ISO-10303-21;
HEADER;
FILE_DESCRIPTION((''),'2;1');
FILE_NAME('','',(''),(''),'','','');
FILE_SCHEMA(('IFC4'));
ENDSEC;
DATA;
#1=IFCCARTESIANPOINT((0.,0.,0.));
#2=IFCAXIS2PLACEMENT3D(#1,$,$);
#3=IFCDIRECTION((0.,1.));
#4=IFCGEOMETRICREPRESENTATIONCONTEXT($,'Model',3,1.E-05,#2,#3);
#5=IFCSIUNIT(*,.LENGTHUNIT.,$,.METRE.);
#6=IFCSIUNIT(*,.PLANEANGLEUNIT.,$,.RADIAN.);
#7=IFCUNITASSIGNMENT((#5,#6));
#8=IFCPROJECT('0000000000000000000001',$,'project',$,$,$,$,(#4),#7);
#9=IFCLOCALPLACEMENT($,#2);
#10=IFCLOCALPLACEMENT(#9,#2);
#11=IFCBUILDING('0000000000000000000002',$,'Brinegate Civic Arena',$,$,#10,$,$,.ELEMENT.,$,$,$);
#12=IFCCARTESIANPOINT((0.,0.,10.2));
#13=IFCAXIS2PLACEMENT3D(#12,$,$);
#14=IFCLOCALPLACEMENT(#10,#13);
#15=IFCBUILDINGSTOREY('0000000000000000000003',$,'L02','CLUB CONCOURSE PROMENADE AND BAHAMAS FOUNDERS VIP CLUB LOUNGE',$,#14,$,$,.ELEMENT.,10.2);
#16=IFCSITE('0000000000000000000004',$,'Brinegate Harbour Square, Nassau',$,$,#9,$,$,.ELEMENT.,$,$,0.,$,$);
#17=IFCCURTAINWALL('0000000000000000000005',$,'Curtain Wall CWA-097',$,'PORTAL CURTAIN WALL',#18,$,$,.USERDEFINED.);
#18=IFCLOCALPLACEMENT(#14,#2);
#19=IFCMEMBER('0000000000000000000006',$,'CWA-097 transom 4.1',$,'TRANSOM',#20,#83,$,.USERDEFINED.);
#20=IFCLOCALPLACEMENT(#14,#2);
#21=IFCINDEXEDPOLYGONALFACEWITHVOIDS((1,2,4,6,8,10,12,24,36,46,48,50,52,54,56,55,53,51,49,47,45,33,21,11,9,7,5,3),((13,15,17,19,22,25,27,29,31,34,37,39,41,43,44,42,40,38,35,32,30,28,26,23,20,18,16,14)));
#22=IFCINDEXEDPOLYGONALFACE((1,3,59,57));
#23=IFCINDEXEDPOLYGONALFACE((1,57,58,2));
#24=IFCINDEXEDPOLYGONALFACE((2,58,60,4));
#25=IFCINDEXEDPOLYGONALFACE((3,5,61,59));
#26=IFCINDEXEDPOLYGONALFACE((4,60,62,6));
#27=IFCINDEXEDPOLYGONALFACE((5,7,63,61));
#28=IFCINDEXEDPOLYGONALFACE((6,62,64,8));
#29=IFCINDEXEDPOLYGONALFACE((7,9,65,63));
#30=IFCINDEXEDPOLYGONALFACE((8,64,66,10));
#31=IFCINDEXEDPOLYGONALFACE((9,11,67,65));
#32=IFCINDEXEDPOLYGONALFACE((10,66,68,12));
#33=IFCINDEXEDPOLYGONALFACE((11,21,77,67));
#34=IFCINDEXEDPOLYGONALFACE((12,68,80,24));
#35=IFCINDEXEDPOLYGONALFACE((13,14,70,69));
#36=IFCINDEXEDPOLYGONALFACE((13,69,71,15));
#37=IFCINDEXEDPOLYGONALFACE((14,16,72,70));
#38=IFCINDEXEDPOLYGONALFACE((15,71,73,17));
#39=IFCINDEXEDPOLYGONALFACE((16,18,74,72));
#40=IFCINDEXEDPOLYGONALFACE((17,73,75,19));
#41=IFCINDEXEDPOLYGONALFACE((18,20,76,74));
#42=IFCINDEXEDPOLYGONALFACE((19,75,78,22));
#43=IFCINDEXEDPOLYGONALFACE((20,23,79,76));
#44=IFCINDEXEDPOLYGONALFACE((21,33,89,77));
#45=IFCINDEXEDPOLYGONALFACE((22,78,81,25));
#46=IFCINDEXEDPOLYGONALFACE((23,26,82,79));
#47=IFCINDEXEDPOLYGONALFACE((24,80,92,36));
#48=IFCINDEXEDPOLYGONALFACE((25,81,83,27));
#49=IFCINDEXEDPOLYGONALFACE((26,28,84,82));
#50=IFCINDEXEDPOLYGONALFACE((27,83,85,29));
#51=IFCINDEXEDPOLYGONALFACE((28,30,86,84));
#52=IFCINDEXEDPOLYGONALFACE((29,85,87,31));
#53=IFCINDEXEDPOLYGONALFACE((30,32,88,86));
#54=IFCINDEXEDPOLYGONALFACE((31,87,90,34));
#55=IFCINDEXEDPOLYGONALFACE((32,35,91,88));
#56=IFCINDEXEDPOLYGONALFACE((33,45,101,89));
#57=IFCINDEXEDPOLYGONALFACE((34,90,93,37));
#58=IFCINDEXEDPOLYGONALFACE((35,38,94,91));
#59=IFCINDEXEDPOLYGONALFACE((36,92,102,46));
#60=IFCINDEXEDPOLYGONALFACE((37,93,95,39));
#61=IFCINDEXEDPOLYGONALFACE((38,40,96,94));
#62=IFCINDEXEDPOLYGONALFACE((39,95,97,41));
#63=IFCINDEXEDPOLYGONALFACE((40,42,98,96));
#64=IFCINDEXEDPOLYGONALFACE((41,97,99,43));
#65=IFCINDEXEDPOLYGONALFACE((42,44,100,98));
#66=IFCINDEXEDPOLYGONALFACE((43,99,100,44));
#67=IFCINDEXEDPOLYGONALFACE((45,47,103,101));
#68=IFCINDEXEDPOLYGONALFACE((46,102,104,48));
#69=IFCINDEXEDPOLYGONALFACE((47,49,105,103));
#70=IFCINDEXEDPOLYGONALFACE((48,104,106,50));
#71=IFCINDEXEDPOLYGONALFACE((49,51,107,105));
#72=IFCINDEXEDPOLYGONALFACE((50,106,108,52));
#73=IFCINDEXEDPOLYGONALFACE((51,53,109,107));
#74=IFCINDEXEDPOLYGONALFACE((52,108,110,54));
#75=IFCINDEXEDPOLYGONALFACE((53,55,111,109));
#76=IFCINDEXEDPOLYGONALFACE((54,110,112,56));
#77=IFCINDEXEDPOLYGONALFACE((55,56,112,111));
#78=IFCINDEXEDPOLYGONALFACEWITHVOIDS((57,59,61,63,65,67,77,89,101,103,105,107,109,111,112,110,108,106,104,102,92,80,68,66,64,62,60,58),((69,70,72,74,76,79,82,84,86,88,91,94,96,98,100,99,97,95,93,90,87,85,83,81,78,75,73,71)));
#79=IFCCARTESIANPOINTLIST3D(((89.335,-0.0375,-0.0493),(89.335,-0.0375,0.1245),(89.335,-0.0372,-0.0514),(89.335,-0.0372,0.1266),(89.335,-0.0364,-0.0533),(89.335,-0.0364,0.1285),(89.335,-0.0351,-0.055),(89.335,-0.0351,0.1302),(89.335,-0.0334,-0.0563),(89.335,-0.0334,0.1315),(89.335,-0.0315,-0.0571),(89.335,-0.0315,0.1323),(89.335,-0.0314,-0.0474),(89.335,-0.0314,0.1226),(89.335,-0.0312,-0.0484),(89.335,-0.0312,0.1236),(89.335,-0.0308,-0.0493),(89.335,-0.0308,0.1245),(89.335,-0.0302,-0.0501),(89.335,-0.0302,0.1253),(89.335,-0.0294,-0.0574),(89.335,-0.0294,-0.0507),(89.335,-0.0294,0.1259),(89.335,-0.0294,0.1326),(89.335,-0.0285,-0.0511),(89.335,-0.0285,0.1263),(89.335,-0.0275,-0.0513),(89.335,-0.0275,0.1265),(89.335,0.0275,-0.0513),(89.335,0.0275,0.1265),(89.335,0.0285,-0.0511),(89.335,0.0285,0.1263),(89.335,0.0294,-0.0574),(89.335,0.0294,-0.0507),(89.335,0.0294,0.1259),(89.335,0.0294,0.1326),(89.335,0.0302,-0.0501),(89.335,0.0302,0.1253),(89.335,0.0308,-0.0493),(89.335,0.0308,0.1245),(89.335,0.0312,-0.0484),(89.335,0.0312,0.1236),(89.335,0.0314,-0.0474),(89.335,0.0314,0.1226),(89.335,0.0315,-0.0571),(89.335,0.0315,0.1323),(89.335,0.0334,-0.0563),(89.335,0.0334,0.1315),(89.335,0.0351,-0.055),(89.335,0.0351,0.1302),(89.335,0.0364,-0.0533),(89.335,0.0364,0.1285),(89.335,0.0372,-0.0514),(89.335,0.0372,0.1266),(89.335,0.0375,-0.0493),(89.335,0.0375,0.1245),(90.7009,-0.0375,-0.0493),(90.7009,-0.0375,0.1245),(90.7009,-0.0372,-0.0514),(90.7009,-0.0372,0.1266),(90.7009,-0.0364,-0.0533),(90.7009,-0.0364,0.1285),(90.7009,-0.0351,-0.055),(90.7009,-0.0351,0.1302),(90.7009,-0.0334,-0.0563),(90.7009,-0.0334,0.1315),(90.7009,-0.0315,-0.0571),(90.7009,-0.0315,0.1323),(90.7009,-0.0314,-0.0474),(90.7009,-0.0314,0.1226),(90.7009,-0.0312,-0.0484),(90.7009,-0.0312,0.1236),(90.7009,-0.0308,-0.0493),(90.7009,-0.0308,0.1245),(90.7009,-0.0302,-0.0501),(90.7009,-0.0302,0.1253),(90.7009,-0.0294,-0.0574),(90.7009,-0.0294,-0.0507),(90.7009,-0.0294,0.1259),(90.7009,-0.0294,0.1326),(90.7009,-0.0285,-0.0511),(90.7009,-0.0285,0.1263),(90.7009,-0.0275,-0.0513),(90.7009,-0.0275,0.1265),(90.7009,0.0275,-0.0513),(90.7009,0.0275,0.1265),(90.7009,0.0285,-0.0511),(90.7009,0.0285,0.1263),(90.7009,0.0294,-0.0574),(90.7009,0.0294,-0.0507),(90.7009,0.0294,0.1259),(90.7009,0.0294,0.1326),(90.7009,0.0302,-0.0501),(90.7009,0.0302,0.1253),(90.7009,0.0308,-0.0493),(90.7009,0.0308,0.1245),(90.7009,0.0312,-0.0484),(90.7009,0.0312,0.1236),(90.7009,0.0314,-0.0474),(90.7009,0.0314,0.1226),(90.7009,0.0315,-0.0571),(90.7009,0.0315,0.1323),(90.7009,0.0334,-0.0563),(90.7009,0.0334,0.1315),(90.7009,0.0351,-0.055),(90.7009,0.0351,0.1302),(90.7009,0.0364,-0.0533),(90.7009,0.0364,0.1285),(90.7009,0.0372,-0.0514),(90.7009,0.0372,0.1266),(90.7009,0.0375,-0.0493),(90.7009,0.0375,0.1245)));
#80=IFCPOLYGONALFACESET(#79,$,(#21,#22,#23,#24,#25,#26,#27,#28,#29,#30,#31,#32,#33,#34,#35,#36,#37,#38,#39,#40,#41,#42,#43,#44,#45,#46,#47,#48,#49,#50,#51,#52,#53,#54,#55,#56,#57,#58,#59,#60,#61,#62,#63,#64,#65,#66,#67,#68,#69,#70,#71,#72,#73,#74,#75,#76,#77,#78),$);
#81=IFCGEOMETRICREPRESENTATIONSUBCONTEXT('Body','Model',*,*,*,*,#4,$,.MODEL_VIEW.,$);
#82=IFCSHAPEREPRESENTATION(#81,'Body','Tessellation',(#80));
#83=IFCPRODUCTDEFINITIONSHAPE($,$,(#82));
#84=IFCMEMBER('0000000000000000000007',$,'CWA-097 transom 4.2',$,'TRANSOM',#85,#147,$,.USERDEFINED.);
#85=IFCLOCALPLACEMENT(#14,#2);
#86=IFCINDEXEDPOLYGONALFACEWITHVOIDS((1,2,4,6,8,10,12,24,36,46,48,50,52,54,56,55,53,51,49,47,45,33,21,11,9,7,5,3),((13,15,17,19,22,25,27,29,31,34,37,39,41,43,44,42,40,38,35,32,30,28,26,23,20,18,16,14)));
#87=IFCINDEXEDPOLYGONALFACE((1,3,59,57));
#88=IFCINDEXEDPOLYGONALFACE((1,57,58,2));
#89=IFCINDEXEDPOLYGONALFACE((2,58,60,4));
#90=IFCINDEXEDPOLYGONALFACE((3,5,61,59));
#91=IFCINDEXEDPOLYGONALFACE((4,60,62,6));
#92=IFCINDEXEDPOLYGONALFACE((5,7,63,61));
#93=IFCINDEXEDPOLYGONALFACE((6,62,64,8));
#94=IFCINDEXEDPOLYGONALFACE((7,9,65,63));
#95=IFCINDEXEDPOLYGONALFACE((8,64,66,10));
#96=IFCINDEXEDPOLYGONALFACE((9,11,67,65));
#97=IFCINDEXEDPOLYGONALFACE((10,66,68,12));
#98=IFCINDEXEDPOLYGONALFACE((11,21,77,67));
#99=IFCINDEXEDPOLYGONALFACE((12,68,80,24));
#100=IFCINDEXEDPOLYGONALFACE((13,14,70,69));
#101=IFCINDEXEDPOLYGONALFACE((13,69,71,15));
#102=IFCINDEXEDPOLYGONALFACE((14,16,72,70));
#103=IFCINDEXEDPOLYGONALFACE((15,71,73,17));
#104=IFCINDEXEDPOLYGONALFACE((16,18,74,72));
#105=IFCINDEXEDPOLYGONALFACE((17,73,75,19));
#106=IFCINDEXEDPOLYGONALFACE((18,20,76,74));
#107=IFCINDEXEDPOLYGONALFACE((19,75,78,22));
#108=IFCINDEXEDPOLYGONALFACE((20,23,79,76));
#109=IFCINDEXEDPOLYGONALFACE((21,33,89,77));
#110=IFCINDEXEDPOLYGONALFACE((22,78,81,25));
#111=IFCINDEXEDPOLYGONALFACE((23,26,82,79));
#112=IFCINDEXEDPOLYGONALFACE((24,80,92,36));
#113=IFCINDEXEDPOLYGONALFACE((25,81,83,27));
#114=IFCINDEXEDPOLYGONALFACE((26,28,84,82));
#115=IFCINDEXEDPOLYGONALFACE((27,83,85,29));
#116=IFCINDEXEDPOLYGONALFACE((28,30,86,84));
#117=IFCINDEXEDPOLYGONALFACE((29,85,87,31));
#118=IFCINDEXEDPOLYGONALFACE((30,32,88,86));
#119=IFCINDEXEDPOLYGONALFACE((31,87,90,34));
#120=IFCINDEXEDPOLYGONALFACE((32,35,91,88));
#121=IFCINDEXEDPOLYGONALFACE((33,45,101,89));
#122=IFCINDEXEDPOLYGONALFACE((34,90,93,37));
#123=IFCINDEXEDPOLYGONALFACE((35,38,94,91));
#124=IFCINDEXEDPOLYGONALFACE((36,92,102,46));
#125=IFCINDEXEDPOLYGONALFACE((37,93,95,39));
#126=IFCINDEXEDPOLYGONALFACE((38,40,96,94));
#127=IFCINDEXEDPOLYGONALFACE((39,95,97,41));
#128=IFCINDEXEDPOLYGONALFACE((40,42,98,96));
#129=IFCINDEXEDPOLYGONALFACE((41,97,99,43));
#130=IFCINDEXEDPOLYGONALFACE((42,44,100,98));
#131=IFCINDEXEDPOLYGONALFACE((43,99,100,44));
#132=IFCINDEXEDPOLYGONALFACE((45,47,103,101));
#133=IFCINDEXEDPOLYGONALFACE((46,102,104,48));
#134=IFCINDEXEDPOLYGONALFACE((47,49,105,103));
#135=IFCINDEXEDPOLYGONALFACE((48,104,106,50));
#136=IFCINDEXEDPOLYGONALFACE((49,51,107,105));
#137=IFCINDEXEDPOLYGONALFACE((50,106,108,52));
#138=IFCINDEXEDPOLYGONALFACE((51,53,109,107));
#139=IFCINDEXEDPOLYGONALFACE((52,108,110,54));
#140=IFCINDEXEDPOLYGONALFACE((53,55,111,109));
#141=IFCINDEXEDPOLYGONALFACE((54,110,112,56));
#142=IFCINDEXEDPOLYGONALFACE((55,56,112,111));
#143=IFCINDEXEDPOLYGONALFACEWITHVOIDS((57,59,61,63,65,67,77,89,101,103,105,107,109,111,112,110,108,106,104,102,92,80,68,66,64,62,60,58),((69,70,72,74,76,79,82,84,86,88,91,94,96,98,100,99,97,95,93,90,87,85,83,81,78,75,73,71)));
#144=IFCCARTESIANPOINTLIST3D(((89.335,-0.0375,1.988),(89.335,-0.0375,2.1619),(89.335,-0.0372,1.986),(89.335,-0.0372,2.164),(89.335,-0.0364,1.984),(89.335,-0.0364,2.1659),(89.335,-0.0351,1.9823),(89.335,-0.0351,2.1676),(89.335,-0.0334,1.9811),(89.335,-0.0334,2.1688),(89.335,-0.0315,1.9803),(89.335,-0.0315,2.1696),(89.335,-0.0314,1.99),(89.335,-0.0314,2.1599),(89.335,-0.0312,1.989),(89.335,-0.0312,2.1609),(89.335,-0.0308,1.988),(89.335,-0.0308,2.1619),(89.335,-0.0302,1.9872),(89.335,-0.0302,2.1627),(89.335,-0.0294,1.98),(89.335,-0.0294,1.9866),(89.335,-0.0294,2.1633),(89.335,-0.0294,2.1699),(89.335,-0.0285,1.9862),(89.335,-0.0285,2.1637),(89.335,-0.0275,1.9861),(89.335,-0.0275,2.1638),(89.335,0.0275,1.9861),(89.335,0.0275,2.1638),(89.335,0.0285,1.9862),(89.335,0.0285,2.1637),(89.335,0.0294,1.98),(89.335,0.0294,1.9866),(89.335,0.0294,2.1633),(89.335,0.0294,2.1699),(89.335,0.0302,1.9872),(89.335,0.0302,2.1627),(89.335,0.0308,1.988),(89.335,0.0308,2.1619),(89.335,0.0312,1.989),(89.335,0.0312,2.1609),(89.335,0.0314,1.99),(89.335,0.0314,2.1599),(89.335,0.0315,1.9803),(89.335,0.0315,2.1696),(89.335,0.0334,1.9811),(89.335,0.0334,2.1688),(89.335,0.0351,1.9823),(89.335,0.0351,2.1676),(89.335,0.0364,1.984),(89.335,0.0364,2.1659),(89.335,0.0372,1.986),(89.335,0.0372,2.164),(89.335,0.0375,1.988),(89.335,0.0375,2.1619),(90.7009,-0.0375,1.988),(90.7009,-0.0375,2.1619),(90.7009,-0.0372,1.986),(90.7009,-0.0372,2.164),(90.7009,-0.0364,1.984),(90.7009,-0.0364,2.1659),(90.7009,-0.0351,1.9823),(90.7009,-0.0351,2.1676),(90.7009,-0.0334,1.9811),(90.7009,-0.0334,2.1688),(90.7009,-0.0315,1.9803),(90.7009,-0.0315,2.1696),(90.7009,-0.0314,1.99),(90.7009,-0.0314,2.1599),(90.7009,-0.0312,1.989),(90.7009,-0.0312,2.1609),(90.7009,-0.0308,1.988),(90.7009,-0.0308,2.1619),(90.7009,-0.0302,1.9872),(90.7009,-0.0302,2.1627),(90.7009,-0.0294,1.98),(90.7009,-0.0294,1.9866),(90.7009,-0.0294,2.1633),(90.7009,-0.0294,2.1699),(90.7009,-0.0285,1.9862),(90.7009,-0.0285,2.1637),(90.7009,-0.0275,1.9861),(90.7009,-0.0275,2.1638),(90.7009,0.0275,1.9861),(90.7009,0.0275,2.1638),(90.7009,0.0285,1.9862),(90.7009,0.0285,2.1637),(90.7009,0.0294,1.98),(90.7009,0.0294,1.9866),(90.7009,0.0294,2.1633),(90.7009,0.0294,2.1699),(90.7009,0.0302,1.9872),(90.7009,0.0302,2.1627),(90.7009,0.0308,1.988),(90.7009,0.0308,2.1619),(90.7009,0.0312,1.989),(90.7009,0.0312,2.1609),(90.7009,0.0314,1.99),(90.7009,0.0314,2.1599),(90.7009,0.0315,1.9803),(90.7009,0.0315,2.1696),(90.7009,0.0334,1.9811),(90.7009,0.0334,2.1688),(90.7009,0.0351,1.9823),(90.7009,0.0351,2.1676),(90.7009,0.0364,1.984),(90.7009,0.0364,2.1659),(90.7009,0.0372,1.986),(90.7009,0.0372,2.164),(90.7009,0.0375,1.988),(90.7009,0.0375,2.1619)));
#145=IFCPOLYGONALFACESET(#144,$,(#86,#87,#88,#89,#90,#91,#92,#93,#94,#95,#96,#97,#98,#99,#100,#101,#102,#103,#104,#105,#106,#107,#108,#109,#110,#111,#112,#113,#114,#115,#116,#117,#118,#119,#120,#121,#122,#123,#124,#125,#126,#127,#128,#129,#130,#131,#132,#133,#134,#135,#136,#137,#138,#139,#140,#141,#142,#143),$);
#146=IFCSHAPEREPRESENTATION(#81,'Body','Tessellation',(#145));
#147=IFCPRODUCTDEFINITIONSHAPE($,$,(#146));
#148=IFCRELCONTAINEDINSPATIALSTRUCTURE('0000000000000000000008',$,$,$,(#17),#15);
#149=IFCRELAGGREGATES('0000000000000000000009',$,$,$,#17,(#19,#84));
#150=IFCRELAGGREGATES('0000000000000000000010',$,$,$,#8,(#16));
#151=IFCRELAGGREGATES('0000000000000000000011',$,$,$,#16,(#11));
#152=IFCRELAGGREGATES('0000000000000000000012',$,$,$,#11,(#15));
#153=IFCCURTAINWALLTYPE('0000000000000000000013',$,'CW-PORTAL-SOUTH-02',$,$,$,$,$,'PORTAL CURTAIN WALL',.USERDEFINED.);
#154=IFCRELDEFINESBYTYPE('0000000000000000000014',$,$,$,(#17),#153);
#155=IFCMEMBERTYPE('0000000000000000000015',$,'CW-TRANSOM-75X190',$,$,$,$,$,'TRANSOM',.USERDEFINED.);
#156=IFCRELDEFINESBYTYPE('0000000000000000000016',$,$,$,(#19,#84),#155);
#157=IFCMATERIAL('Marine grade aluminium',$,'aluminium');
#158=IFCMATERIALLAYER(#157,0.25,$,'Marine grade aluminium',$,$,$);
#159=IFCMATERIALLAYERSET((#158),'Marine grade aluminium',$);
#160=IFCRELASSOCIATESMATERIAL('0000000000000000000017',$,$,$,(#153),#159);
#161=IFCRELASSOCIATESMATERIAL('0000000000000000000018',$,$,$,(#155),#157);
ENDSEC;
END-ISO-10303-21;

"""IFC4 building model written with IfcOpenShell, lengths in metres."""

from ifc_helpers import new_model, si_unit, direction, frame, origin, origin_2d, place, context, subcontext, project, spatial, hollow_rectangle, extrude, material, layer, layer_set, material_profile, profile_set, type_object, element, aggregate, save


model = new_model("IFC4")

# Units and contexts
model_context = context("Model", 3, precision=1e-05, world=origin(), true_north=direction((0.0, 1.0)))
body_context = subcontext(model_context, "Body", "Model", "MODEL_VIEW")
ifc_project = project(units=[si_unit("LENGTHUNIT", "METRE"), si_unit("PLANEANGLEUNIT", "RADIAN")], contexts=[model_context])

# Site, building, storey
site_placement = place(None, origin())
site = spatial("IfcSite", under=ifc_project, at=site_placement, Name="Brinegate Harbour Square, Nassau", CompositionType="ELEMENT", RefElevation=0.0)
building_placement = place(site_placement, origin())
building = spatial("IfcBuilding", under=site, at=building_placement, Name="Brinegate Civic Arena", CompositionType="ELEMENT")
storey_placement = place(building_placement, frame((0.0, 0.0, 10.2)))
storey = spatial("IfcBuildingStorey", under=building, at=storey_placement, Name="L02", Description="CLUB CONCOURSE PROMENADE AND BAHAMAS FOUNDERS VIP CLUB LOUNGE", CompositionType="ELEMENT", Elevation=10.2)

# Curtain wall, members
ifc_material_1 = material(Name="Marine grade aluminium", Category="aluminium")
ifc_layer_1 = layer(ifc_material_1, 0.25, Name="Marine grade aluminium")
ifc_layer_set_1 = layer_set([ifc_layer_1], Name="Marine grade aluminium")
curtain_wall_type = type_object("IfcCurtainWallType", Name="CW-PORTAL-SOUTH-02", ElementType="PORTAL CURTAIN WALL", PredefinedType="USERDEFINED", material=ifc_layer_set_1)
curtain_wall_placement = place(storey_placement, origin())
curtain_wall = element("IfcCurtainWall", 1, at=curtain_wall_placement, inside=storey, type_object=curtain_wall_type, Name="Curtain Wall CWA-097", ObjectType="PORTAL CURTAIN WALL", PredefinedType="USERDEFINED")
ifc_material_profile_1 = material_profile(ifc_material_1, hollow_rectangle(XDim=0.075, YDim=0.1899, WallThickness=0.0061, InnerFilletRadius=0.0039, OuterFilletRadius=0.0081, at=origin_2d()), Name="TRN75X190")
ifc_profile_set_1 = profile_set([ifc_material_profile_1], Name="Marine grade aluminium")
member_type_1 = type_object("IfcMemberType", Name="CW-TRANSOM-75X190", ElementType="TRANSOM", PredefinedType="USERDEFINED", material=ifc_profile_set_1)
member_1_placement = place(storey_placement, frame((89.335, 0.0, 0.0376), z_axis=(1.0, 0.0, 0.0), x_axis=(0.0, 1.0, 0.0)))
member_1 = element("IfcMember", 2, at=member_1_placement, type_object=member_type_1, Name="CWA-097 transom 4.1", ObjectType="TRANSOM", PredefinedType="USERDEFINED", context=body_context, shape_type="SweptSolid", body=[
    extrude(hollow_rectangle(XDim=0.075, YDim=0.1899, WallThickness=0.0061, InnerFilletRadius=0.0039, OuterFilletRadius=0.0081, at=origin_2d()), origin(), (0.0, 0.0, 1.0), 1.366),
])
member_2_placement = place(storey_placement, frame((89.335, 0.0, 2.075), z_axis=(1.0, 0.0, 0.0), x_axis=(0.0, 1.0, 0.0)))
member_2 = element("IfcMember", 3, at=member_2_placement, type_object=member_type_1, Name="CWA-097 transom 4.2", ObjectType="TRANSOM", PredefinedType="USERDEFINED", context=body_context, shape_type="SweptSolid", body=[
    extrude(hollow_rectangle(XDim=0.075, YDim=0.1899, WallThickness=0.0061, InnerFilletRadius=0.0039, OuterFilletRadius=0.0081, at=origin_2d()), origin(), (0.0, 0.0, 1.0), 1.366),
])
aggregate(curtain_wall, [member_1, member_2])

save(model, "model.ifc")
